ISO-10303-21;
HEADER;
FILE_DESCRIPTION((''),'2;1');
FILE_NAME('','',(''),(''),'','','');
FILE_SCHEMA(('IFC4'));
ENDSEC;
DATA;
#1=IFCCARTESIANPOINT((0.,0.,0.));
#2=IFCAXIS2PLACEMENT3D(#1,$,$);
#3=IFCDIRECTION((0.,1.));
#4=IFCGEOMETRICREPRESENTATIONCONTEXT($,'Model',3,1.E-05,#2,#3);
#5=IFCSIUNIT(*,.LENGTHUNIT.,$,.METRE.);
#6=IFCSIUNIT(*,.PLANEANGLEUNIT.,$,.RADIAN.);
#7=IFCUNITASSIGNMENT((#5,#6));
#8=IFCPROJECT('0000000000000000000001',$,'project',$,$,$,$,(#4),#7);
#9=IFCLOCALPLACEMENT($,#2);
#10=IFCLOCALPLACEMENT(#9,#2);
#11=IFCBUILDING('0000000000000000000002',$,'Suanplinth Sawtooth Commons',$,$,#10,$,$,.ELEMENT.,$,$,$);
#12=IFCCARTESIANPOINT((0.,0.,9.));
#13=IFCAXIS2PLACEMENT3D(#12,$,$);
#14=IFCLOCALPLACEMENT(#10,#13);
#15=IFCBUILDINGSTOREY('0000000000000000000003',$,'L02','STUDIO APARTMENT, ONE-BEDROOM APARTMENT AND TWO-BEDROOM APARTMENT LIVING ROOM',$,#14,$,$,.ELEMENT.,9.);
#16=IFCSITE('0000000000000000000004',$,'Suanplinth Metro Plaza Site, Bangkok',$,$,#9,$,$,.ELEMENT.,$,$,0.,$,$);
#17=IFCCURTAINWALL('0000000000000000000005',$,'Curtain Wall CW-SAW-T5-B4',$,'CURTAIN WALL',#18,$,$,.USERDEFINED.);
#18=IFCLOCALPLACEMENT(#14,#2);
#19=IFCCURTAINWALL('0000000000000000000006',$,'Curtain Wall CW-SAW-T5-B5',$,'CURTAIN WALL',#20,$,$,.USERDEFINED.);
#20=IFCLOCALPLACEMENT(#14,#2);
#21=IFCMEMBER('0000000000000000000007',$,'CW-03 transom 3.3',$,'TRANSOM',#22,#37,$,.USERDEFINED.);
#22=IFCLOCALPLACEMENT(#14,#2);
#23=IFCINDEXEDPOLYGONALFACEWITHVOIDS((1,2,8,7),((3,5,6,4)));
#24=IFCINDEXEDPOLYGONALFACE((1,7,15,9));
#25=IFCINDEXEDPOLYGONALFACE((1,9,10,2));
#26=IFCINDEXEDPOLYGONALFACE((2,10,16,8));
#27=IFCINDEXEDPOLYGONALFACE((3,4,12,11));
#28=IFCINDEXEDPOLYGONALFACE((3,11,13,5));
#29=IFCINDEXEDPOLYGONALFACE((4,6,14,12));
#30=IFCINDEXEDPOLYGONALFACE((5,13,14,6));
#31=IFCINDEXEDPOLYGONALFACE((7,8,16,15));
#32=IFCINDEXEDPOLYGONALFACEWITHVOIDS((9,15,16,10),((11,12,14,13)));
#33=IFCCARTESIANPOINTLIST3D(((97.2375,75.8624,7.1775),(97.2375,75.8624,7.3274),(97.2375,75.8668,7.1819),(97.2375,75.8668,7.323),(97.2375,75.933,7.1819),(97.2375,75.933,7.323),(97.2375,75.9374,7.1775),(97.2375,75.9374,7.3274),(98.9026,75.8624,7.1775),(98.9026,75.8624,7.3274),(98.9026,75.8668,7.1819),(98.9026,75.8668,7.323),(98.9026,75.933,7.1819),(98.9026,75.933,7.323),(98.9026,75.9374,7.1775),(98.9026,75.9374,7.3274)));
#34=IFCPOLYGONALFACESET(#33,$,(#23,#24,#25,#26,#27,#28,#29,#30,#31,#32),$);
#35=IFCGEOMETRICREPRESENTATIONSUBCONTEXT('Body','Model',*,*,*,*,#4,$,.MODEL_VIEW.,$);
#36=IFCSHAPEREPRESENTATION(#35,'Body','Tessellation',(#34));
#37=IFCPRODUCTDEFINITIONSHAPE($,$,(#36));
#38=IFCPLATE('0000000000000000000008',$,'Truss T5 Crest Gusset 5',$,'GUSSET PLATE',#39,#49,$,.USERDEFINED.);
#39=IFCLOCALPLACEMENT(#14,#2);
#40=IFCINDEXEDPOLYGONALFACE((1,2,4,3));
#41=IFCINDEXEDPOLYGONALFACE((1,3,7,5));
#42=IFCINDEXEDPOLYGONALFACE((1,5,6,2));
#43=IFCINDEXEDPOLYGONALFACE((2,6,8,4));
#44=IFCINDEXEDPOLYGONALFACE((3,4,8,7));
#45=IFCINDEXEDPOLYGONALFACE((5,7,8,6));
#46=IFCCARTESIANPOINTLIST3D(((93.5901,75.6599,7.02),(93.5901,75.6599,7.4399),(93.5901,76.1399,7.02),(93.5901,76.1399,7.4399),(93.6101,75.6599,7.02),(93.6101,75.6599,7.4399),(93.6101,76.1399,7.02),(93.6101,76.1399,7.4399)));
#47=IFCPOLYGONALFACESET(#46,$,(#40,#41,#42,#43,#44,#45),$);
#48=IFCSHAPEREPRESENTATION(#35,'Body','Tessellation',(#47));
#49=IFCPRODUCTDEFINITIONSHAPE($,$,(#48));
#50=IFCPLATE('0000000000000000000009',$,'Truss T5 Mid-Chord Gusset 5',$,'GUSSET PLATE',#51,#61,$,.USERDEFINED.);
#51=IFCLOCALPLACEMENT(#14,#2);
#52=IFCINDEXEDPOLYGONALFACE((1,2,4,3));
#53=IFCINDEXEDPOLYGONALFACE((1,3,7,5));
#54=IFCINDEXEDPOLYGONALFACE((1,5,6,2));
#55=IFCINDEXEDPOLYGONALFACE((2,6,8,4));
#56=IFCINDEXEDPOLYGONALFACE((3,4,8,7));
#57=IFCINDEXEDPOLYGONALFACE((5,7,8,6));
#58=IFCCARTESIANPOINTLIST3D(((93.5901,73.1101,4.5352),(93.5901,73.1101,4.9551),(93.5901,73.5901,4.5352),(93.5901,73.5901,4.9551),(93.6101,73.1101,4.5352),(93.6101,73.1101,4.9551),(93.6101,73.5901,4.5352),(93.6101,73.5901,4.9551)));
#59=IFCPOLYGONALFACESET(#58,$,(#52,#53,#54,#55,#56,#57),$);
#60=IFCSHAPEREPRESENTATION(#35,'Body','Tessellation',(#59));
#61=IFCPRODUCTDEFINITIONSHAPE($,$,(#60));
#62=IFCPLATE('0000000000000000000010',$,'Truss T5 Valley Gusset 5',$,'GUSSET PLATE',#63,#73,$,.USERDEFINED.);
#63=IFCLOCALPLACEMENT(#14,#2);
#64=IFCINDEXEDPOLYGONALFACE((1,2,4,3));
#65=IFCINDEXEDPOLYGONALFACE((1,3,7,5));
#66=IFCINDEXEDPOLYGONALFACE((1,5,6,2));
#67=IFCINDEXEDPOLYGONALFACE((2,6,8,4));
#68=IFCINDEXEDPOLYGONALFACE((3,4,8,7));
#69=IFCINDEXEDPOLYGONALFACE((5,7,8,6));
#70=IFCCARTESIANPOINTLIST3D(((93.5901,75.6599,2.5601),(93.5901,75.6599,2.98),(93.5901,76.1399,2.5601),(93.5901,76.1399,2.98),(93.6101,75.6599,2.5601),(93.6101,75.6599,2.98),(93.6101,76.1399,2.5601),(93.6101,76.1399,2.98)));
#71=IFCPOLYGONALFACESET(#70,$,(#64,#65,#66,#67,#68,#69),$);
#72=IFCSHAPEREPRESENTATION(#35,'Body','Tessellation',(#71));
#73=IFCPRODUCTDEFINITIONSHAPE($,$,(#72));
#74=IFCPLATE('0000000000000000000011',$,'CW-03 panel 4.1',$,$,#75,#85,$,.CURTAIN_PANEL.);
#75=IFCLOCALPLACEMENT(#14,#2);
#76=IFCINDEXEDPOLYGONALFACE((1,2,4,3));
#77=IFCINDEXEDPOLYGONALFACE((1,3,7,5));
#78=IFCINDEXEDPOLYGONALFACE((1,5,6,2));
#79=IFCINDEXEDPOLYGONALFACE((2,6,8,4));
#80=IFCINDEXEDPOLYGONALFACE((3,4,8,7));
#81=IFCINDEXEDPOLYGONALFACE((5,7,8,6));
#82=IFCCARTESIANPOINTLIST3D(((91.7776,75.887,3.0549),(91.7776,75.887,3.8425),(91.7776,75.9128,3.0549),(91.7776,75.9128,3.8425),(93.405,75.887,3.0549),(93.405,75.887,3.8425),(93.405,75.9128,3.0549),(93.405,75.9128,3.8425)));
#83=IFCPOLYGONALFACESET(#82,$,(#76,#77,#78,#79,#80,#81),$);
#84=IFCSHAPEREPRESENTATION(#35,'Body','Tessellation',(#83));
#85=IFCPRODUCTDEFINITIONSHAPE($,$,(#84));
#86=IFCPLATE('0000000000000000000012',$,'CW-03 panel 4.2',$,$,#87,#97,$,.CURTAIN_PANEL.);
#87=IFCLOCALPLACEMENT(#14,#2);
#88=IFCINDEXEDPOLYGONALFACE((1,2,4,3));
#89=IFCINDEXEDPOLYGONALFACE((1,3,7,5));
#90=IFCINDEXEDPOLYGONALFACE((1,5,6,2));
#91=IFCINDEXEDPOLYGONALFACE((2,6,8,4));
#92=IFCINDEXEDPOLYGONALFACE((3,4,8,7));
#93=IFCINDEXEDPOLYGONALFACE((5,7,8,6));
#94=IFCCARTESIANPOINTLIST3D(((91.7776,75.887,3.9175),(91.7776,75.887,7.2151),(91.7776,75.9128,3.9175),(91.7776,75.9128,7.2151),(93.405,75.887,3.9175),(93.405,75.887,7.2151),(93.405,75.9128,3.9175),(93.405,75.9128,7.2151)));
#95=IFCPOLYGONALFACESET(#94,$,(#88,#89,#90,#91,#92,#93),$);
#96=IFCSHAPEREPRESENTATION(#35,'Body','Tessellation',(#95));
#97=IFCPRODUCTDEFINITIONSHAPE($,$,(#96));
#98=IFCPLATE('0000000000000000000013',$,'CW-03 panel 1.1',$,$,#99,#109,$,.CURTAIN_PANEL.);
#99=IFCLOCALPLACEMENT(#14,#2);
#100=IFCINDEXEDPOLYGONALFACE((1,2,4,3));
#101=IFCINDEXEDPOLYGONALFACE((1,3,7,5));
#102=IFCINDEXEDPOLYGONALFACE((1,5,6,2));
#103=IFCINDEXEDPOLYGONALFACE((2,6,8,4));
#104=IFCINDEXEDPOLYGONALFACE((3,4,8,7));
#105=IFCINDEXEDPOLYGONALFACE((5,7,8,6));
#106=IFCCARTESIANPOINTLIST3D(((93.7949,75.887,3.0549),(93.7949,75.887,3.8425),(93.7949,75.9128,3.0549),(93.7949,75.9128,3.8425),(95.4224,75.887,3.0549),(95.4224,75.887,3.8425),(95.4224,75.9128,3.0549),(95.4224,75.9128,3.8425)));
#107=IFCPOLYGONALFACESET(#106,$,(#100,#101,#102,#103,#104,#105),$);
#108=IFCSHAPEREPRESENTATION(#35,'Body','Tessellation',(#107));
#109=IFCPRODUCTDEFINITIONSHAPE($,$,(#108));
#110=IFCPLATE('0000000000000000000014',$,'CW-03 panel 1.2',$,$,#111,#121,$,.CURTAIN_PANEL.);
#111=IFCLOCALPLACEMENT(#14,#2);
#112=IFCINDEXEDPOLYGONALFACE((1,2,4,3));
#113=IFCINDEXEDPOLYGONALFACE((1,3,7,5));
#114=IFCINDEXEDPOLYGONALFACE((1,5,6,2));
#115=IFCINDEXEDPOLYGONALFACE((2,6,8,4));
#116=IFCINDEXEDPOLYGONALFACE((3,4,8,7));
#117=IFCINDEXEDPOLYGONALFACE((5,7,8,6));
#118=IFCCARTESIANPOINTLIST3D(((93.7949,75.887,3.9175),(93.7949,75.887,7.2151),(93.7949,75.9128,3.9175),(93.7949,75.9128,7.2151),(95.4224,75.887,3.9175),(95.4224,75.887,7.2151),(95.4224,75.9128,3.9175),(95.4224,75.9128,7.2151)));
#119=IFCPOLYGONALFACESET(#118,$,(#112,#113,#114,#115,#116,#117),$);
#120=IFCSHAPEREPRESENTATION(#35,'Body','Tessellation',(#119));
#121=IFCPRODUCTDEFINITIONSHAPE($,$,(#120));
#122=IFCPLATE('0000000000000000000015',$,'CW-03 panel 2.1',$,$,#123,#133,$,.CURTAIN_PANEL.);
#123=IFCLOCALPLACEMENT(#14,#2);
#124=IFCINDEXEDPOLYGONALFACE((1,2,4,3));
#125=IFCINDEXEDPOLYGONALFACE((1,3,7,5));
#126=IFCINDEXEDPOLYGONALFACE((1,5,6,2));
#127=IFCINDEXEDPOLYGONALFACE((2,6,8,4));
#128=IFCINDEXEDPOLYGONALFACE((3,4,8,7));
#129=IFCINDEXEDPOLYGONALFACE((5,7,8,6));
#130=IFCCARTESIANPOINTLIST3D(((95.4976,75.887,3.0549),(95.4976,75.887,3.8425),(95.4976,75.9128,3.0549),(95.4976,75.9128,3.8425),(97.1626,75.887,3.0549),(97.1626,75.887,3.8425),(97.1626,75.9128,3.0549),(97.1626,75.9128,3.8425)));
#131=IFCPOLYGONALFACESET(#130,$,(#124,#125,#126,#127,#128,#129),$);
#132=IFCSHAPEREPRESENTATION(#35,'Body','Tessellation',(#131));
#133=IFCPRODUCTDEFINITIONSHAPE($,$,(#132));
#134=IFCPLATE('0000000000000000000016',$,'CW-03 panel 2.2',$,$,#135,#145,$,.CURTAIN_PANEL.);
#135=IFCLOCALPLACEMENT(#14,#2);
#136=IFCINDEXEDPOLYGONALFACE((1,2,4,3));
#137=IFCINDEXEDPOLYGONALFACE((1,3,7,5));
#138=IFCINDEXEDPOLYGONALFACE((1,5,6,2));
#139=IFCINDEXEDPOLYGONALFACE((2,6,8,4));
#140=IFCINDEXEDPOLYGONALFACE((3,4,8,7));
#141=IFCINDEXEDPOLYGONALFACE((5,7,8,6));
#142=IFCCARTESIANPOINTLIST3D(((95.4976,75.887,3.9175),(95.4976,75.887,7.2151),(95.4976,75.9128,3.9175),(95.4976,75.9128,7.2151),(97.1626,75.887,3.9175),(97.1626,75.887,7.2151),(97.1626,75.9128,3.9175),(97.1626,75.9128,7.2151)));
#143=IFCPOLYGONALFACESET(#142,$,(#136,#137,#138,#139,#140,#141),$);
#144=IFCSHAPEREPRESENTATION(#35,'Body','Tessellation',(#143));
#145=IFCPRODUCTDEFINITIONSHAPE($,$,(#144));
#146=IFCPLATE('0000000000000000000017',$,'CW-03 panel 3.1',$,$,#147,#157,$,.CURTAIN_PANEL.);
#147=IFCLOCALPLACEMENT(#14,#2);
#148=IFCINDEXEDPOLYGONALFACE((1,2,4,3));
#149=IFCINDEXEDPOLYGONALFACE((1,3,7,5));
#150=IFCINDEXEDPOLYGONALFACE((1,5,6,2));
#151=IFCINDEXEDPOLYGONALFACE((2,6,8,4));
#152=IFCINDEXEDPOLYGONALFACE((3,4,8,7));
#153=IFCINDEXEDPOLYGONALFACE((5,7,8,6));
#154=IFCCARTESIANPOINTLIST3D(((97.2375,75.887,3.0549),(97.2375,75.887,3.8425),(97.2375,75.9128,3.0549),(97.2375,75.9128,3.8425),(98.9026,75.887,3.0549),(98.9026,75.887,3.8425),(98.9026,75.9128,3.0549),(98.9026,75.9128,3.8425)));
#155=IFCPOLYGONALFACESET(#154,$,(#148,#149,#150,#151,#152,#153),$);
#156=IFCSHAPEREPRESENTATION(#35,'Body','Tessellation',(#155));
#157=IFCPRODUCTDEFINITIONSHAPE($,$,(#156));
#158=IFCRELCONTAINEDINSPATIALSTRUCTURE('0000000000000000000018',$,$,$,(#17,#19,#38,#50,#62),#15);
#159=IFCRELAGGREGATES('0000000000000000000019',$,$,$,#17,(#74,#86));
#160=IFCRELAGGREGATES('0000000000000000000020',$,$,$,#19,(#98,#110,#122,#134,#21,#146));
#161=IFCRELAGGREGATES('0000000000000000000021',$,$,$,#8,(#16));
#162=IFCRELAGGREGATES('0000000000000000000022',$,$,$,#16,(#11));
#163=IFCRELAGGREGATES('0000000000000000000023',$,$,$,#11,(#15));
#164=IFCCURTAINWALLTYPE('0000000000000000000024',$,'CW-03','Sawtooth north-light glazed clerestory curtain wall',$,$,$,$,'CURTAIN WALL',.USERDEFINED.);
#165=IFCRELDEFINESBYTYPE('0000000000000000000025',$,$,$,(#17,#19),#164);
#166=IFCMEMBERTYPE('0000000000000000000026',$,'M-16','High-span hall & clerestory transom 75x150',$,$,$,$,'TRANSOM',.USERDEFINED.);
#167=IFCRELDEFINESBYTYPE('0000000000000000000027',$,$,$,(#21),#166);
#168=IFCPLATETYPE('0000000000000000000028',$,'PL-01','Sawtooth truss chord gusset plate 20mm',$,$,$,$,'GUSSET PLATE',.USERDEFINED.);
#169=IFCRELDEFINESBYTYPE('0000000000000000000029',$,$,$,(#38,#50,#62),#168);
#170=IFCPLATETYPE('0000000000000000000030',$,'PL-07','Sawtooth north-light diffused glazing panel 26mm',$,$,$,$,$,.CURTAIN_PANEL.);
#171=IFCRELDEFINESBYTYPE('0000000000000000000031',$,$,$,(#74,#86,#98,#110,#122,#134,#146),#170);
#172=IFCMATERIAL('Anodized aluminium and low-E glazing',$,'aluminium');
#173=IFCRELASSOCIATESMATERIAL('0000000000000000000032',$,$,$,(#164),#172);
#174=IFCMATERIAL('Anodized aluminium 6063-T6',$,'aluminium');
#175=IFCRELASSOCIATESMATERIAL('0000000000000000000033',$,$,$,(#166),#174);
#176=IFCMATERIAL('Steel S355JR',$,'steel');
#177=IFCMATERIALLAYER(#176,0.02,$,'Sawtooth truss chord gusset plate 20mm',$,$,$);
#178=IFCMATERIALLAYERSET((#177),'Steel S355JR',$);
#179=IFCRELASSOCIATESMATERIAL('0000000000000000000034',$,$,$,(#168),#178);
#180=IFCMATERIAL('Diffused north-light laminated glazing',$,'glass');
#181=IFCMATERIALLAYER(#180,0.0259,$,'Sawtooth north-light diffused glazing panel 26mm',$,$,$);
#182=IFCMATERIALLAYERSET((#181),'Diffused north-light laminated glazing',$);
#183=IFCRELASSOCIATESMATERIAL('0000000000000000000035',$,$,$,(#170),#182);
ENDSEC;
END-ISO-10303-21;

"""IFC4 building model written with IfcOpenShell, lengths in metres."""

from ifc_helpers import new_model, si_unit, direction, frame, origin, origin_2d, place, context, subcontext, project, spatial, rectangle, hollow_rectangle, extrude, material, layer, layer_set, material_profile, profile_set, type_object, element, aggregate, save


model = new_model("IFC4")

# Units and contexts
model_context = context("Model", 3, precision=1e-05, world=origin(), true_north=direction((0.0, 1.0)))
body_context = subcontext(model_context, "Body", "Model", "MODEL_VIEW")
ifc_project = project(units=[si_unit("LENGTHUNIT", "METRE"), si_unit("PLANEANGLEUNIT", "RADIAN")], contexts=[model_context])

# Site, building, storey
site_placement = place(None, origin())
site = spatial("IfcSite", under=ifc_project, at=site_placement, Name="Suanplinth Metro Plaza Site, Bangkok", CompositionType="ELEMENT", RefElevation=0.0)
building_placement = place(site_placement, origin())
building = spatial("IfcBuilding", under=site, at=building_placement, Name="Suanplinth Sawtooth Commons", CompositionType="ELEMENT")
storey_placement = place(building_placement, frame((0.0, 0.0, 9.0)))
storey = spatial("IfcBuildingStorey", under=building, at=storey_placement, Name="L02", Description="STUDIO APARTMENT, ONE-BEDROOM APARTMENT AND TWO-BEDROOM APARTMENT LIVING ROOM", CompositionType="ELEMENT", Elevation=9.0)

# Shared definitions
ifc_material_1 = material(Name="Steel S355JR", Category="steel")

# Curtain wall
ifc_material_2 = material(Name="Anodized aluminium and low-E glazing", Category="aluminium")
curtain_wall_type = type_object("IfcCurtainWallType", Name="CW-03", Description="Sawtooth north-light glazed clerestory curtain wall", ElementType="CURTAIN WALL", PredefinedType="USERDEFINED", material=ifc_material_2)
curtain_wall_1_placement = place(storey_placement, origin())
curtain_wall_1 = element("IfcCurtainWall", 1, at=curtain_wall_1_placement, inside=storey, type_object=curtain_wall_type, Name="Curtain Wall CW-SAW-T5-B4", ObjectType="CURTAIN WALL", PredefinedType="USERDEFINED")
ifc_material_3 = material(Name="Anodized aluminium 6063-T6", Category="aluminium")

# Curtain wall, member
curtain_wall_2_placement = place(storey_placement, origin())
curtain_wall_2 = element("IfcCurtainWall", 2, at=curtain_wall_2_placement, inside=storey, type_object=curtain_wall_type, Name="Curtain Wall CW-SAW-T5-B5", ObjectType="CURTAIN WALL", PredefinedType="USERDEFINED")
ifc_material_profile_1 = material_profile(ifc_material_3, hollow_rectangle(XDim=0.075, YDim=0.1499, WallThickness=0.0044, at=origin_2d()), Name="ALU-TRN 75x150")
ifc_profile_set_1 = profile_set([ifc_material_profile_1], Name="Anodized aluminium 6063-T6")
member_type_1 = type_object("IfcMemberType", Name="M-16", Description="High-span hall & clerestory transom 75x150", ElementType="TRANSOM", PredefinedType="USERDEFINED", material=ifc_profile_set_1)
member_1_placement = place(storey_placement, frame((97.2375, 75.8999, 7.2524), z_axis=(1.0, 0.0, 0.0), x_axis=(0.0, 1.0, 0.0)))
member_1 = element("IfcMember", 3, at=member_1_placement, type_object=member_type_1, Name="CW-03 transom 3.3", ObjectType="TRANSOM", PredefinedType="USERDEFINED", context=body_context, shape_type="SweptSolid", body=[
    extrude(hollow_rectangle(XDim=0.075, YDim=0.1499, WallThickness=0.0044, at=origin_2d()), origin(), (0.0, 0.0, 1.0), 1.665),
])

# Plates
ifc_layer_1 = layer(ifc_material_1, 0.02, Name="Sawtooth truss chord gusset plate 20mm")
ifc_layer_set_1 = layer_set([ifc_layer_1], Name="Steel S355JR")
plate_type_1 = type_object("IfcPlateType", Name="PL-01", Description="Sawtooth truss chord gusset plate 20mm", ElementType="GUSSET PLATE", PredefinedType="USERDEFINED", material=ifc_layer_set_1)
for number, where, z_axis, x_axis, name in (
    (4, (93.6001, 75.8999, 7.02), (0.0, 0.0, 1.0), (1.0, 0.0, 0.0), "Truss T5 Crest Gusset 5"),
    (5, (93.6001, 73.3501, 4.5352), (0.0, 0.0, 1.0), (1.0, 0.0, 0.0), "Truss T5 Mid-Chord Gusset 5"),
    (6, (93.6001, 75.8999, 2.5601), (0.0, 0.0, 1.0), (1.0, 0.0, 0.0), "Truss T5 Valley Gusset 5"),
):
    element("IfcPlate", number, at=place(storey_placement, frame(where, z_axis=z_axis, x_axis=x_axis)), inside=storey, type_object=plate_type_1, Name=name, ObjectType="GUSSET PLATE", PredefinedType="USERDEFINED", context=body_context, shape_type="SweptSolid", body=[
        extrude(rectangle(XDim=0.02, YDim=0.48, at=origin_2d()), origin(), (0.0, 0.0, 1.0), 0.4199),
    ])

# Plates
ifc_material_4 = material(Name="Diffused north-light laminated glazing", Category="glass")
ifc_layer_2 = layer(ifc_material_4, 0.0259, Name="Sawtooth north-light diffused glazing panel 26mm")
ifc_layer_set_2 = layer_set([ifc_layer_2], Name="Diffused north-light laminated glazing")
plate_type_2 = type_object("IfcPlateType", Name="PL-07", Description="Sawtooth north-light diffused glazing panel 26mm", PredefinedType="CURTAIN_PANEL", material=ifc_layer_set_2)
plate_1_placement = place(storey_placement, frame((92.5913, 75.8999, 3.0549), z_axis=(0.0, 0.0, 1.0), x_axis=(1.0, 0.0, 0.0)))
plate_1 = element("IfcPlate", 7, at=plate_1_placement, type_object=plate_type_2, Name="CW-03 panel 4.1", PredefinedType="CURTAIN_PANEL", context=body_context, shape_type="SweptSolid", body=[
    extrude(rectangle(XDim=1.6274, YDim=0.0259, at=origin_2d()), origin(), (0.0, 0.0, 1.0), 0.7876),
])
plate_2_placement = place(storey_placement, frame((92.5913, 75.8999, 3.9175), z_axis=(0.0, 0.0, 1.0), x_axis=(1.0, 0.0, 0.0)))
plate_2 = element("IfcPlate", 8, at=plate_2_placement, type_object=plate_type_2, Name="CW-03 panel 4.2", PredefinedType="CURTAIN_PANEL", context=body_context, shape_type="SweptSolid", body=[
    extrude(rectangle(XDim=1.6274, YDim=0.0259, at=origin_2d()), origin(), (0.0, 0.0, 1.0), 3.2976),
])
aggregate(curtain_wall_1, [plate_1, plate_2])
plate_3_placement = place(storey_placement, frame((94.6086, 75.8999, 3.0549), z_axis=(0.0, 0.0, 1.0), x_axis=(1.0, 0.0, 0.0)))
plate_3 = element("IfcPlate", 9, at=plate_3_placement, type_object=plate_type_2, Name="CW-03 panel 1.1", PredefinedType="CURTAIN_PANEL", context=body_context, shape_type="SweptSolid", body=[
    extrude(rectangle(XDim=1.6274, YDim=0.0259, at=origin_2d()), origin(), (0.0, 0.0, 1.0), 0.7876),
])
plate_4_placement = place(storey_placement, frame((94.6086, 75.8999, 3.9175), z_axis=(0.0, 0.0, 1.0), x_axis=(1.0, 0.0, 0.0)))
plate_4 = element("IfcPlate", 10, at=plate_4_placement, type_object=plate_type_2, Name="CW-03 panel 1.2", PredefinedType="CURTAIN_PANEL", context=body_context, shape_type="SweptSolid", body=[
    extrude(rectangle(XDim=1.6274, YDim=0.0259, at=origin_2d()), origin(), (0.0, 0.0, 1.0), 3.2976),
])
plate_5_placement = place(storey_placement, frame((96.3301, 75.8999, 3.0549), z_axis=(0.0, 0.0, 1.0), x_axis=(1.0, 0.0, 0.0)))
plate_5 = element("IfcPlate", 11, at=plate_5_placement, type_object=plate_type_2, Name="CW-03 panel 2.1", PredefinedType="CURTAIN_PANEL", context=body_context, shape_type="SweptSolid", body=[
    extrude(rectangle(XDim=1.665, YDim=0.0259, at=origin_2d()), origin(), (0.0, 0.0, 1.0), 0.7876),
])
plate_6_placement = place(storey_placement, frame((96.3301, 75.8999, 3.9175), z_axis=(0.0, 0.0, 1.0), x_axis=(1.0, 0.0, 0.0)))
plate_6 = element("IfcPlate", 12, at=plate_6_placement, type_object=plate_type_2, Name="CW-03 panel 2.2", PredefinedType="CURTAIN_PANEL", context=body_context, shape_type="SweptSolid", body=[
    extrude(rectangle(XDim=1.665, YDim=0.0259, at=origin_2d()), origin(), (0.0, 0.0, 1.0), 3.2976),
])
plate_7_placement = place(storey_placement, frame((98.0701, 75.8999, 3.0549), z_axis=(0.0, 0.0, 1.0), x_axis=(1.0, 0.0, 0.0)))
plate_7 = element("IfcPlate", 13, at=plate_7_placement, type_object=plate_type_2, Name="CW-03 panel 3.1", PredefinedType="CURTAIN_PANEL", context=body_context, shape_type="SweptSolid", body=[
    extrude(rectangle(XDim=1.665, YDim=0.0259, at=origin_2d()), origin(), (0.0, 0.0, 1.0), 0.7876),
])
aggregate(curtain_wall_2, [plate_3, plate_4, plate_5, plate_6, member_1, plate_7])

save(model, "model.ifc")
